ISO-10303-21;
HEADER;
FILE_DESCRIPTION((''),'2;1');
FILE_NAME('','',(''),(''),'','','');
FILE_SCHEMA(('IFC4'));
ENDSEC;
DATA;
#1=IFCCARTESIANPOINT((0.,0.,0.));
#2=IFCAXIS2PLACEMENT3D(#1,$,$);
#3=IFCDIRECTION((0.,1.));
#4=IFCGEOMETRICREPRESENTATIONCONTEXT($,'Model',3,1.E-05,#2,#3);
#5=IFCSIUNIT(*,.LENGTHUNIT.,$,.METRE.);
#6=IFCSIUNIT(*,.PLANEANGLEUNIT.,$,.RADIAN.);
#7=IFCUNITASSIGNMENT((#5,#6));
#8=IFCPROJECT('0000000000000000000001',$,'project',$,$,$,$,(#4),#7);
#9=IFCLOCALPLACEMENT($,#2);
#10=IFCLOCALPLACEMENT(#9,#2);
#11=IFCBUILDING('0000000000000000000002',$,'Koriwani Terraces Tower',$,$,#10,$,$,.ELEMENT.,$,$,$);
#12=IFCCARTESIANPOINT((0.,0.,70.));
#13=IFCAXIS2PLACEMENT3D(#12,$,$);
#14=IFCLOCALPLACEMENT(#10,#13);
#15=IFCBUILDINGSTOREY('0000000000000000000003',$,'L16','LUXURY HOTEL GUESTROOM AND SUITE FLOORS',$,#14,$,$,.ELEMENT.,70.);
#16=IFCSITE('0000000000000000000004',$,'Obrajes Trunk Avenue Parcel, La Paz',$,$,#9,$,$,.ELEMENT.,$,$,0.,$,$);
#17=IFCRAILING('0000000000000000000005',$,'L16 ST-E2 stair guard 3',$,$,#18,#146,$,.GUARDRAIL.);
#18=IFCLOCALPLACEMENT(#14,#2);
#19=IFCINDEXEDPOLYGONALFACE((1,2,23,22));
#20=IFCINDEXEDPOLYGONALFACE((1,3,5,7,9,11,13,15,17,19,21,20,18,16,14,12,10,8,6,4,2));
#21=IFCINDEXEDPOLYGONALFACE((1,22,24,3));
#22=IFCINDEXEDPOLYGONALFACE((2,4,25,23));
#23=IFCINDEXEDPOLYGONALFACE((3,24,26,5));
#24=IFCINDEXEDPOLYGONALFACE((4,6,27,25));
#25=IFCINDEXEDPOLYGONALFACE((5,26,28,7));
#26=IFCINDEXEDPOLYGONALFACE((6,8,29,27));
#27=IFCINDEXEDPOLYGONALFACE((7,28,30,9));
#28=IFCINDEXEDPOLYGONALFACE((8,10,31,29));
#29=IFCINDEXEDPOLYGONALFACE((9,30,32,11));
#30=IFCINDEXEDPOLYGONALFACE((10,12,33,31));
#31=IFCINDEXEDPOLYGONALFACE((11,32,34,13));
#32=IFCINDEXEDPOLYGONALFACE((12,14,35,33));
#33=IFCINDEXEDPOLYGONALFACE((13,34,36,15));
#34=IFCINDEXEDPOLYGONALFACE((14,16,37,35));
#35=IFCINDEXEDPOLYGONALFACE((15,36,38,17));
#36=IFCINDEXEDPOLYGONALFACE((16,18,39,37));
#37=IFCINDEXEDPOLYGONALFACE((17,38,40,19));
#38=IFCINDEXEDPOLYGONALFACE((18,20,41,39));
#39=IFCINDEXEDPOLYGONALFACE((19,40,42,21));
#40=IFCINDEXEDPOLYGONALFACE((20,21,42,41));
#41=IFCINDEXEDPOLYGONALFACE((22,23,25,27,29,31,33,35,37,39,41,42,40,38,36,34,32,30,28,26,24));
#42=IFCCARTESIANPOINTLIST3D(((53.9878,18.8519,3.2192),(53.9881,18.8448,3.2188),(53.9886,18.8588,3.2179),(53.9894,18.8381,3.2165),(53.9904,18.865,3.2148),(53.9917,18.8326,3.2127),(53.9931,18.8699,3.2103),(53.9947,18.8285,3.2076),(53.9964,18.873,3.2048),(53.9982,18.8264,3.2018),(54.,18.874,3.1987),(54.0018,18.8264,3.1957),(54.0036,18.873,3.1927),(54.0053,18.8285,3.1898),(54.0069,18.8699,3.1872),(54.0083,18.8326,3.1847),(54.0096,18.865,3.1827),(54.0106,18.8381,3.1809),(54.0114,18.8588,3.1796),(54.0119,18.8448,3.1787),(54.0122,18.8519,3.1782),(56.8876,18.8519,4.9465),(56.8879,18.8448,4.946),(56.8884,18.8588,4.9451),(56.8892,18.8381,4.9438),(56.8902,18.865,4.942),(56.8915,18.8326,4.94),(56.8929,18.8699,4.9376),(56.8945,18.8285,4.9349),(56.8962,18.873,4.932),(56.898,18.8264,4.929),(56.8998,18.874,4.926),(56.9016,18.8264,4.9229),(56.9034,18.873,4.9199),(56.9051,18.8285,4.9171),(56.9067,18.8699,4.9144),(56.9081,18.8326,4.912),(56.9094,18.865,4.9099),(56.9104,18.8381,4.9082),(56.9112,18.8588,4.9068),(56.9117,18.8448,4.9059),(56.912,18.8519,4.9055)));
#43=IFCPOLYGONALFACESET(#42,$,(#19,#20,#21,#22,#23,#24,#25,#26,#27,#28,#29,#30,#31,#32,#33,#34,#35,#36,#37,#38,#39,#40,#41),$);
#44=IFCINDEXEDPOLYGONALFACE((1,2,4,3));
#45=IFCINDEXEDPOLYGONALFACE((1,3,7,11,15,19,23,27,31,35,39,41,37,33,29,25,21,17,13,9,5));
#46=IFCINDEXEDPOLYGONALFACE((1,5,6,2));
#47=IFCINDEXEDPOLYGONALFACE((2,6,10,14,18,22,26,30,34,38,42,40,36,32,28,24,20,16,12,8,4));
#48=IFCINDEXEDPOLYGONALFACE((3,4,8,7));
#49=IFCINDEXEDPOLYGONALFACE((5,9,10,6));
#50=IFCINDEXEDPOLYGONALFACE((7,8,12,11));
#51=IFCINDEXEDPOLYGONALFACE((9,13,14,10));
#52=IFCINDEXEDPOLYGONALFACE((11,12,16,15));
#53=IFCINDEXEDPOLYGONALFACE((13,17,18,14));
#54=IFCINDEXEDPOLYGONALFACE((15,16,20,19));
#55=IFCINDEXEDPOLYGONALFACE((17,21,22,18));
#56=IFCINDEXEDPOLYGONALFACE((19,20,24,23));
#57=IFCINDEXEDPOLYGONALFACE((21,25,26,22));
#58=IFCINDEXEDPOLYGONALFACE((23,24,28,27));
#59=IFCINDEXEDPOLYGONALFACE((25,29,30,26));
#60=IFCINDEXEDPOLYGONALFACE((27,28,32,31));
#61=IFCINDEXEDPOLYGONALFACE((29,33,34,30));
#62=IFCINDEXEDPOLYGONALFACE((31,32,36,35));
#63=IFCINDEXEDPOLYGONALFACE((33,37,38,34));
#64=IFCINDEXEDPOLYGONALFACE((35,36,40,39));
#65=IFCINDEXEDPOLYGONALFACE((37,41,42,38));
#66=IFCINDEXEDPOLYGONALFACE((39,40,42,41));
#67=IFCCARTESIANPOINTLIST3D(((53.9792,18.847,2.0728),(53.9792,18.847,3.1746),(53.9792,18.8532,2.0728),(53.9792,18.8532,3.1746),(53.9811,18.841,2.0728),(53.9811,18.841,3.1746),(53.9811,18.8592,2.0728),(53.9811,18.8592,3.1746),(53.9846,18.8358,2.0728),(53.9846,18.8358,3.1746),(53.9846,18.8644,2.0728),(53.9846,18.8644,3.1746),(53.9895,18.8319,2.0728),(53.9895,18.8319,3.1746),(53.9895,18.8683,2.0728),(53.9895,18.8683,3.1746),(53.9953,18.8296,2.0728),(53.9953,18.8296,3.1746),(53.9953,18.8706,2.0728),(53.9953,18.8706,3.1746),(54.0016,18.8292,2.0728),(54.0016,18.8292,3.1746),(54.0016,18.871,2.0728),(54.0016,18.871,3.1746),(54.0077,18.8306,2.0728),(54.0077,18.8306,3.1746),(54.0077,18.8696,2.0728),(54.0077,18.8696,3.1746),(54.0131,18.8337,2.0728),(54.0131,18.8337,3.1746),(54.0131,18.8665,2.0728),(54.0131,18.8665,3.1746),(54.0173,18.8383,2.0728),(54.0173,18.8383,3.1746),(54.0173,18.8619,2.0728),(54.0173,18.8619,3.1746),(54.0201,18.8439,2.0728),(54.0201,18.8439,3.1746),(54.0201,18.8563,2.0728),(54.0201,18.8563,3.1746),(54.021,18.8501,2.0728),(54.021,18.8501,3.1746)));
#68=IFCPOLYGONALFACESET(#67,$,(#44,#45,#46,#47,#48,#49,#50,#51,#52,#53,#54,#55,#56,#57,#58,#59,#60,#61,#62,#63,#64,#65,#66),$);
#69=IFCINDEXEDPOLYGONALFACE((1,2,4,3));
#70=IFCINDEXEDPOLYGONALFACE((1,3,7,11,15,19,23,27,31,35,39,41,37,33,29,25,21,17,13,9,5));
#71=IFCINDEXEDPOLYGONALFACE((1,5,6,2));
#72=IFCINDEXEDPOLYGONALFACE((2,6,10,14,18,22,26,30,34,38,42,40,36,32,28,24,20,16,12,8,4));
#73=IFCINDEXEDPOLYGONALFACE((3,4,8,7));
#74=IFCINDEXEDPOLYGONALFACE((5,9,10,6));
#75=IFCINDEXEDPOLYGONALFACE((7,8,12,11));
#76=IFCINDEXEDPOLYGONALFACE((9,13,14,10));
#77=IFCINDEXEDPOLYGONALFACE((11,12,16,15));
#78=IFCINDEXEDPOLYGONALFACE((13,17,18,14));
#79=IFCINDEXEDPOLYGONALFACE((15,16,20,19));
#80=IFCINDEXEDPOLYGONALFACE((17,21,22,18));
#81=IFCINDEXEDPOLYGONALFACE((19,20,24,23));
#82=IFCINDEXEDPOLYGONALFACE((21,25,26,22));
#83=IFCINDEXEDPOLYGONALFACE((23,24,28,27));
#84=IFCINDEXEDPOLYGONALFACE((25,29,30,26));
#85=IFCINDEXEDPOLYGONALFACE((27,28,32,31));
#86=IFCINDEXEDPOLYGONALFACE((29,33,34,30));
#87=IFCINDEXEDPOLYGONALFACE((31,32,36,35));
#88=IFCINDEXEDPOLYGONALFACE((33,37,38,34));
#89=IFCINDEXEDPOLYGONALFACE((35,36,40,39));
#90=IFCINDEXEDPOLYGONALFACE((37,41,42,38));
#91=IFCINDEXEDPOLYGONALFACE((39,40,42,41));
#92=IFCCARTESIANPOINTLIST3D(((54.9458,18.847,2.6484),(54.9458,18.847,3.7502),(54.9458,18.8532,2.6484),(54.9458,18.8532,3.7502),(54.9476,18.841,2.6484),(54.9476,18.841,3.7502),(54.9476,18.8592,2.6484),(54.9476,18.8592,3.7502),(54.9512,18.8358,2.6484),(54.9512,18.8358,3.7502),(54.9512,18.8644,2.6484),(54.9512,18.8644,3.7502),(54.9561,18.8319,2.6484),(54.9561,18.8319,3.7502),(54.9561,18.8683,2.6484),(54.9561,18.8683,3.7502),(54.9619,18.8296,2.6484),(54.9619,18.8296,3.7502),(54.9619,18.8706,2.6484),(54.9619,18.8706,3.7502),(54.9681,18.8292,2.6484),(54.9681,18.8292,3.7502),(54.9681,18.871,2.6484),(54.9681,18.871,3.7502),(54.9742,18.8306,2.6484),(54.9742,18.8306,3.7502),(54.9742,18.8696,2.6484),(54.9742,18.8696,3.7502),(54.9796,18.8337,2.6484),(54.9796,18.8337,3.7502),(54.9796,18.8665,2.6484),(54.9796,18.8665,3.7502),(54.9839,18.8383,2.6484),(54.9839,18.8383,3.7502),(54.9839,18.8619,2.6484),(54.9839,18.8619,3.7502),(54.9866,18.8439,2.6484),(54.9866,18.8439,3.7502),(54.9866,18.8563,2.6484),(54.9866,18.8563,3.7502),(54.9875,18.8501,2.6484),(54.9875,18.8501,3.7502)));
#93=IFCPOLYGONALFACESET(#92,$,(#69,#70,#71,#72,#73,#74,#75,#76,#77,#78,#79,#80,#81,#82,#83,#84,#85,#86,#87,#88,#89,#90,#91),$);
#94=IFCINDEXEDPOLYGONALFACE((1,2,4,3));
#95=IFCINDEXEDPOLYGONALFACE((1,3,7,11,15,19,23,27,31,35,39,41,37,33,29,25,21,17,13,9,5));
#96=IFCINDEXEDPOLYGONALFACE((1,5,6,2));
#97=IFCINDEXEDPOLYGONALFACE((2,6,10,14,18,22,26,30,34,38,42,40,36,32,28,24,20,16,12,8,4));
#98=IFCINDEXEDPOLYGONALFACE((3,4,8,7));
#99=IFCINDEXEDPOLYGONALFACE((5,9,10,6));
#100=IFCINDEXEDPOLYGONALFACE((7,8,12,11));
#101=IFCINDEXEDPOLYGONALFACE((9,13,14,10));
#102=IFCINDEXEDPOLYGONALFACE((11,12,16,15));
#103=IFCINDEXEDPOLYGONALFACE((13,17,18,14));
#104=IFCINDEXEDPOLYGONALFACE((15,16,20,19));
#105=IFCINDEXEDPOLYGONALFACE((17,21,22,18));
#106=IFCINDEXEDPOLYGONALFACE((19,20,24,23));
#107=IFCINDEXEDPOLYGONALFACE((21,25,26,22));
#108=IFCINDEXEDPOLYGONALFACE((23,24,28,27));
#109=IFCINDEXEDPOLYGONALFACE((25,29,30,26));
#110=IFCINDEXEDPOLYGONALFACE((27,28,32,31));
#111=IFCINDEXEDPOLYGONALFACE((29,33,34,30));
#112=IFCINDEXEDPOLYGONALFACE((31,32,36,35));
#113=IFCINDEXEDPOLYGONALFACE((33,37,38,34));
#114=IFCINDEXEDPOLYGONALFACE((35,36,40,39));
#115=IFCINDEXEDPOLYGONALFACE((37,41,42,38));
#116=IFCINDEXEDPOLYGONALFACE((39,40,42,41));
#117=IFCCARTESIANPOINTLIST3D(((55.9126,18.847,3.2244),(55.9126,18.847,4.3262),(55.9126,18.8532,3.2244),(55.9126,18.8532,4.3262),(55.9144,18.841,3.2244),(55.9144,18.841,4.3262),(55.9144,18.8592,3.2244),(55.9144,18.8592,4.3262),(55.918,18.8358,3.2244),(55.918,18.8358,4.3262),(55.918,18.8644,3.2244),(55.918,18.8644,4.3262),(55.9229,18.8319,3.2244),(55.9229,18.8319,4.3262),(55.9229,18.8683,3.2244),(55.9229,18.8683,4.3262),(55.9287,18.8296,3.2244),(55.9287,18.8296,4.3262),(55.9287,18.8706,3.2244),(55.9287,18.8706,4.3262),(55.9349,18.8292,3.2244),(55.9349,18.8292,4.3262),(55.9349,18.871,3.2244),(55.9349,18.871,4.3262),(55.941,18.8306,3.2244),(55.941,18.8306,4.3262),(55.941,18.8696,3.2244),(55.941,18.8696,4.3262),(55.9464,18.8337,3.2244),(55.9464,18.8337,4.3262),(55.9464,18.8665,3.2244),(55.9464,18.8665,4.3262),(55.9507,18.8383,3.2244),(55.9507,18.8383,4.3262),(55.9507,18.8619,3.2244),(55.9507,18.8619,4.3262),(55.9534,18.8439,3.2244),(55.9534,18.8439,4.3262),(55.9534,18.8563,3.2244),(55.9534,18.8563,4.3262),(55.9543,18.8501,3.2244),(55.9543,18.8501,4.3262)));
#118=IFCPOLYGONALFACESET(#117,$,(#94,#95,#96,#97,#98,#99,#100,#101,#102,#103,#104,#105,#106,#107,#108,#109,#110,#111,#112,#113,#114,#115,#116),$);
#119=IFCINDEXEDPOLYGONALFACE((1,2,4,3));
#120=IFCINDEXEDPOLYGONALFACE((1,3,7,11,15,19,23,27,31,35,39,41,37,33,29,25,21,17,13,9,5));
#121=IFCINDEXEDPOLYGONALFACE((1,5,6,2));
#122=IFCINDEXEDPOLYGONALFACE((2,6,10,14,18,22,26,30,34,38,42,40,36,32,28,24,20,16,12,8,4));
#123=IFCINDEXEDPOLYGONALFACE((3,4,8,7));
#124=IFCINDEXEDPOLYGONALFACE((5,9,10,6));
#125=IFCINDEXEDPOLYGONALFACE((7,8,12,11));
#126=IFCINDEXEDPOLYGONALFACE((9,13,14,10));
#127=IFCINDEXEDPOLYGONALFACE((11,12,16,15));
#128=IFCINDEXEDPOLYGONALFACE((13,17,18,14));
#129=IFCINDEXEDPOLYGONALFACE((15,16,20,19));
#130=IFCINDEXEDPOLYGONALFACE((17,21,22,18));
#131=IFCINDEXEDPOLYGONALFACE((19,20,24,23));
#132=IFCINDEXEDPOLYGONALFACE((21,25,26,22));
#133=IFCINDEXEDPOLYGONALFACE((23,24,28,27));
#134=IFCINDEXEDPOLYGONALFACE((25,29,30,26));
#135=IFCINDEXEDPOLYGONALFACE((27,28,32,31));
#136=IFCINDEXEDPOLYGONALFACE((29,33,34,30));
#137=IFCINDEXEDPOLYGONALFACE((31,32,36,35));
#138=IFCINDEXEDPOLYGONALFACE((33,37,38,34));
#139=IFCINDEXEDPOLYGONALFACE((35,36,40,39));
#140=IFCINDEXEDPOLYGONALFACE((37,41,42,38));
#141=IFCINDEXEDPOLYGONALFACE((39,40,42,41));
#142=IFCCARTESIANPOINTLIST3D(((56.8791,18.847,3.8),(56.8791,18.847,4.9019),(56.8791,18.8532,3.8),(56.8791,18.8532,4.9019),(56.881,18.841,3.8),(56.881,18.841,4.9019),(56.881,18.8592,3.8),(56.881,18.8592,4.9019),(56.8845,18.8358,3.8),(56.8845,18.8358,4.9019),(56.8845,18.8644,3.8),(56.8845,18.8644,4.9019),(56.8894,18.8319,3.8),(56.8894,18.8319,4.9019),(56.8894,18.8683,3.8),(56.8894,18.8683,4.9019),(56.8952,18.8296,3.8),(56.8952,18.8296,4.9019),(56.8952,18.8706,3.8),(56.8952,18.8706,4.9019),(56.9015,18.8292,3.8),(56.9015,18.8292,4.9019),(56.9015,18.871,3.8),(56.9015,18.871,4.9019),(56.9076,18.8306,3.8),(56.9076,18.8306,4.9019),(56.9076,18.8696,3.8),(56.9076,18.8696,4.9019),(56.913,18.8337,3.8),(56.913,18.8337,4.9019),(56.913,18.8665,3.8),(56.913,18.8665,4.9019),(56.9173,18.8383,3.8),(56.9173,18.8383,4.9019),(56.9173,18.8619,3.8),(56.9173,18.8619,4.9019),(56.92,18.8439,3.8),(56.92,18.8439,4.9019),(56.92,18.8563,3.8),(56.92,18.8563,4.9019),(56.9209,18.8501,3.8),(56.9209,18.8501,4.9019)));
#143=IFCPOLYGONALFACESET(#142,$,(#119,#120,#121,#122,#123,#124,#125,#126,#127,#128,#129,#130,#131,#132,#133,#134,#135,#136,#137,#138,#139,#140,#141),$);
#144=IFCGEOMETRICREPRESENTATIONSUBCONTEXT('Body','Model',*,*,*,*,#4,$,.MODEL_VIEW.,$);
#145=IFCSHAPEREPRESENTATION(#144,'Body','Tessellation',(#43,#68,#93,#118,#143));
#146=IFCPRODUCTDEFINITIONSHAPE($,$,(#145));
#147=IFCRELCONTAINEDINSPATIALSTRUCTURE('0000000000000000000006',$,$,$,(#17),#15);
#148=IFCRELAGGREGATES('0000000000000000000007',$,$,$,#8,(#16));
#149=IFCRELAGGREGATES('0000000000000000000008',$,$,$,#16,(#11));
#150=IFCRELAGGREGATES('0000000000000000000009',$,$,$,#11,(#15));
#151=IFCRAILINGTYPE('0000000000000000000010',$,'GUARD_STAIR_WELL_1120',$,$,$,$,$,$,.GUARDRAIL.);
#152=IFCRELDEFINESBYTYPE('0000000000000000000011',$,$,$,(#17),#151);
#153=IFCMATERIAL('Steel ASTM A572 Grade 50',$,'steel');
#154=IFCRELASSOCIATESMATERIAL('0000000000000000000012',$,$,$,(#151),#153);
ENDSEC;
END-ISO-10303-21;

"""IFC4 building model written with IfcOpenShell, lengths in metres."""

from ifc_helpers import new_model, si_unit, direction, frame, origin, origin_2d, place, context, subcontext, project, spatial, circle, extrude, material, type_object, element, save


model = new_model("IFC4")

# Units and contexts
model_context = context("Model", 3, precision=1e-05, world=origin(), true_north=direction((0.0, 1.0)))
body_context = subcontext(model_context, "Body", "Model", "MODEL_VIEW")
ifc_project = project(units=[si_unit("LENGTHUNIT", "METRE"), si_unit("PLANEANGLEUNIT", "RADIAN")], contexts=[model_context])

# Site, building, storey
site_placement = place(None, origin())
site = spatial("IfcSite", under=ifc_project, at=site_placement, Name="Obrajes Trunk Avenue Parcel, La Paz", CompositionType="ELEMENT", RefElevation=0.0)
building_placement = place(site_placement, origin())
building = spatial("IfcBuilding", under=site, at=building_placement, Name="Koriwani Terraces Tower", CompositionType="ELEMENT")
storey_placement = place(building_placement, frame((0.0, 0.0, 70.0)))
storey = spatial("IfcBuildingStorey", under=building, at=storey_placement, Name="L16", Description="LUXURY HOTEL GUESTROOM AND SUITE FLOORS", CompositionType="ELEMENT", Elevation=70.0)

# Shared definitions
ifc_material_1 = material(Name="Steel ASTM A572 Grade 50", Category="steel")

# Railing
railing_type_1 = type_object("IfcRailingType", Name="GUARD_STAIR_WELL_1120", PredefinedType="GUARDRAIL", material=ifc_material_1)
railing_1_placement = place(storey_placement, frame((54.0, 18.8501, 2.0728)))
element("IfcRailing", 1, at=railing_1_placement, inside=storey, type_object=railing_type_1, Name="L16 ST-E2 stair guard 3", PredefinedType="GUARDRAIL", context=body_context, shape_type="SweptSolid", body=[
    extrude(circle(Radius=0.0239, at=origin_2d()), frame((0.0, 0.0, 1.126), z_axis=(0.859141, 0.0, 0.511738), x_axis=(0.0, 1.0, 0.0)), (0.0, 0.0, 1.0), 3.3752),
    extrude(circle(Radius=0.021, at=origin_2d()), origin(), (0.0, 0.0, 1.0), 1.1018),
    extrude(circle(Radius=0.021, at=origin_2d()), frame((0.9666, 0.0, 0.5757)), (0.0, 0.0, 1.0), 1.1018),
    extrude(circle(Radius=0.021, at=origin_2d()), frame((1.9333, 0.0, 1.1516)), (0.0, 0.0, 1.0), 1.1018),
    extrude(circle(Radius=0.021, at=origin_2d()), frame((2.8999, 0.0, 1.7273)), (0.0, 0.0, 1.0), 1.1018),
])

save(model, "model.ifc")
